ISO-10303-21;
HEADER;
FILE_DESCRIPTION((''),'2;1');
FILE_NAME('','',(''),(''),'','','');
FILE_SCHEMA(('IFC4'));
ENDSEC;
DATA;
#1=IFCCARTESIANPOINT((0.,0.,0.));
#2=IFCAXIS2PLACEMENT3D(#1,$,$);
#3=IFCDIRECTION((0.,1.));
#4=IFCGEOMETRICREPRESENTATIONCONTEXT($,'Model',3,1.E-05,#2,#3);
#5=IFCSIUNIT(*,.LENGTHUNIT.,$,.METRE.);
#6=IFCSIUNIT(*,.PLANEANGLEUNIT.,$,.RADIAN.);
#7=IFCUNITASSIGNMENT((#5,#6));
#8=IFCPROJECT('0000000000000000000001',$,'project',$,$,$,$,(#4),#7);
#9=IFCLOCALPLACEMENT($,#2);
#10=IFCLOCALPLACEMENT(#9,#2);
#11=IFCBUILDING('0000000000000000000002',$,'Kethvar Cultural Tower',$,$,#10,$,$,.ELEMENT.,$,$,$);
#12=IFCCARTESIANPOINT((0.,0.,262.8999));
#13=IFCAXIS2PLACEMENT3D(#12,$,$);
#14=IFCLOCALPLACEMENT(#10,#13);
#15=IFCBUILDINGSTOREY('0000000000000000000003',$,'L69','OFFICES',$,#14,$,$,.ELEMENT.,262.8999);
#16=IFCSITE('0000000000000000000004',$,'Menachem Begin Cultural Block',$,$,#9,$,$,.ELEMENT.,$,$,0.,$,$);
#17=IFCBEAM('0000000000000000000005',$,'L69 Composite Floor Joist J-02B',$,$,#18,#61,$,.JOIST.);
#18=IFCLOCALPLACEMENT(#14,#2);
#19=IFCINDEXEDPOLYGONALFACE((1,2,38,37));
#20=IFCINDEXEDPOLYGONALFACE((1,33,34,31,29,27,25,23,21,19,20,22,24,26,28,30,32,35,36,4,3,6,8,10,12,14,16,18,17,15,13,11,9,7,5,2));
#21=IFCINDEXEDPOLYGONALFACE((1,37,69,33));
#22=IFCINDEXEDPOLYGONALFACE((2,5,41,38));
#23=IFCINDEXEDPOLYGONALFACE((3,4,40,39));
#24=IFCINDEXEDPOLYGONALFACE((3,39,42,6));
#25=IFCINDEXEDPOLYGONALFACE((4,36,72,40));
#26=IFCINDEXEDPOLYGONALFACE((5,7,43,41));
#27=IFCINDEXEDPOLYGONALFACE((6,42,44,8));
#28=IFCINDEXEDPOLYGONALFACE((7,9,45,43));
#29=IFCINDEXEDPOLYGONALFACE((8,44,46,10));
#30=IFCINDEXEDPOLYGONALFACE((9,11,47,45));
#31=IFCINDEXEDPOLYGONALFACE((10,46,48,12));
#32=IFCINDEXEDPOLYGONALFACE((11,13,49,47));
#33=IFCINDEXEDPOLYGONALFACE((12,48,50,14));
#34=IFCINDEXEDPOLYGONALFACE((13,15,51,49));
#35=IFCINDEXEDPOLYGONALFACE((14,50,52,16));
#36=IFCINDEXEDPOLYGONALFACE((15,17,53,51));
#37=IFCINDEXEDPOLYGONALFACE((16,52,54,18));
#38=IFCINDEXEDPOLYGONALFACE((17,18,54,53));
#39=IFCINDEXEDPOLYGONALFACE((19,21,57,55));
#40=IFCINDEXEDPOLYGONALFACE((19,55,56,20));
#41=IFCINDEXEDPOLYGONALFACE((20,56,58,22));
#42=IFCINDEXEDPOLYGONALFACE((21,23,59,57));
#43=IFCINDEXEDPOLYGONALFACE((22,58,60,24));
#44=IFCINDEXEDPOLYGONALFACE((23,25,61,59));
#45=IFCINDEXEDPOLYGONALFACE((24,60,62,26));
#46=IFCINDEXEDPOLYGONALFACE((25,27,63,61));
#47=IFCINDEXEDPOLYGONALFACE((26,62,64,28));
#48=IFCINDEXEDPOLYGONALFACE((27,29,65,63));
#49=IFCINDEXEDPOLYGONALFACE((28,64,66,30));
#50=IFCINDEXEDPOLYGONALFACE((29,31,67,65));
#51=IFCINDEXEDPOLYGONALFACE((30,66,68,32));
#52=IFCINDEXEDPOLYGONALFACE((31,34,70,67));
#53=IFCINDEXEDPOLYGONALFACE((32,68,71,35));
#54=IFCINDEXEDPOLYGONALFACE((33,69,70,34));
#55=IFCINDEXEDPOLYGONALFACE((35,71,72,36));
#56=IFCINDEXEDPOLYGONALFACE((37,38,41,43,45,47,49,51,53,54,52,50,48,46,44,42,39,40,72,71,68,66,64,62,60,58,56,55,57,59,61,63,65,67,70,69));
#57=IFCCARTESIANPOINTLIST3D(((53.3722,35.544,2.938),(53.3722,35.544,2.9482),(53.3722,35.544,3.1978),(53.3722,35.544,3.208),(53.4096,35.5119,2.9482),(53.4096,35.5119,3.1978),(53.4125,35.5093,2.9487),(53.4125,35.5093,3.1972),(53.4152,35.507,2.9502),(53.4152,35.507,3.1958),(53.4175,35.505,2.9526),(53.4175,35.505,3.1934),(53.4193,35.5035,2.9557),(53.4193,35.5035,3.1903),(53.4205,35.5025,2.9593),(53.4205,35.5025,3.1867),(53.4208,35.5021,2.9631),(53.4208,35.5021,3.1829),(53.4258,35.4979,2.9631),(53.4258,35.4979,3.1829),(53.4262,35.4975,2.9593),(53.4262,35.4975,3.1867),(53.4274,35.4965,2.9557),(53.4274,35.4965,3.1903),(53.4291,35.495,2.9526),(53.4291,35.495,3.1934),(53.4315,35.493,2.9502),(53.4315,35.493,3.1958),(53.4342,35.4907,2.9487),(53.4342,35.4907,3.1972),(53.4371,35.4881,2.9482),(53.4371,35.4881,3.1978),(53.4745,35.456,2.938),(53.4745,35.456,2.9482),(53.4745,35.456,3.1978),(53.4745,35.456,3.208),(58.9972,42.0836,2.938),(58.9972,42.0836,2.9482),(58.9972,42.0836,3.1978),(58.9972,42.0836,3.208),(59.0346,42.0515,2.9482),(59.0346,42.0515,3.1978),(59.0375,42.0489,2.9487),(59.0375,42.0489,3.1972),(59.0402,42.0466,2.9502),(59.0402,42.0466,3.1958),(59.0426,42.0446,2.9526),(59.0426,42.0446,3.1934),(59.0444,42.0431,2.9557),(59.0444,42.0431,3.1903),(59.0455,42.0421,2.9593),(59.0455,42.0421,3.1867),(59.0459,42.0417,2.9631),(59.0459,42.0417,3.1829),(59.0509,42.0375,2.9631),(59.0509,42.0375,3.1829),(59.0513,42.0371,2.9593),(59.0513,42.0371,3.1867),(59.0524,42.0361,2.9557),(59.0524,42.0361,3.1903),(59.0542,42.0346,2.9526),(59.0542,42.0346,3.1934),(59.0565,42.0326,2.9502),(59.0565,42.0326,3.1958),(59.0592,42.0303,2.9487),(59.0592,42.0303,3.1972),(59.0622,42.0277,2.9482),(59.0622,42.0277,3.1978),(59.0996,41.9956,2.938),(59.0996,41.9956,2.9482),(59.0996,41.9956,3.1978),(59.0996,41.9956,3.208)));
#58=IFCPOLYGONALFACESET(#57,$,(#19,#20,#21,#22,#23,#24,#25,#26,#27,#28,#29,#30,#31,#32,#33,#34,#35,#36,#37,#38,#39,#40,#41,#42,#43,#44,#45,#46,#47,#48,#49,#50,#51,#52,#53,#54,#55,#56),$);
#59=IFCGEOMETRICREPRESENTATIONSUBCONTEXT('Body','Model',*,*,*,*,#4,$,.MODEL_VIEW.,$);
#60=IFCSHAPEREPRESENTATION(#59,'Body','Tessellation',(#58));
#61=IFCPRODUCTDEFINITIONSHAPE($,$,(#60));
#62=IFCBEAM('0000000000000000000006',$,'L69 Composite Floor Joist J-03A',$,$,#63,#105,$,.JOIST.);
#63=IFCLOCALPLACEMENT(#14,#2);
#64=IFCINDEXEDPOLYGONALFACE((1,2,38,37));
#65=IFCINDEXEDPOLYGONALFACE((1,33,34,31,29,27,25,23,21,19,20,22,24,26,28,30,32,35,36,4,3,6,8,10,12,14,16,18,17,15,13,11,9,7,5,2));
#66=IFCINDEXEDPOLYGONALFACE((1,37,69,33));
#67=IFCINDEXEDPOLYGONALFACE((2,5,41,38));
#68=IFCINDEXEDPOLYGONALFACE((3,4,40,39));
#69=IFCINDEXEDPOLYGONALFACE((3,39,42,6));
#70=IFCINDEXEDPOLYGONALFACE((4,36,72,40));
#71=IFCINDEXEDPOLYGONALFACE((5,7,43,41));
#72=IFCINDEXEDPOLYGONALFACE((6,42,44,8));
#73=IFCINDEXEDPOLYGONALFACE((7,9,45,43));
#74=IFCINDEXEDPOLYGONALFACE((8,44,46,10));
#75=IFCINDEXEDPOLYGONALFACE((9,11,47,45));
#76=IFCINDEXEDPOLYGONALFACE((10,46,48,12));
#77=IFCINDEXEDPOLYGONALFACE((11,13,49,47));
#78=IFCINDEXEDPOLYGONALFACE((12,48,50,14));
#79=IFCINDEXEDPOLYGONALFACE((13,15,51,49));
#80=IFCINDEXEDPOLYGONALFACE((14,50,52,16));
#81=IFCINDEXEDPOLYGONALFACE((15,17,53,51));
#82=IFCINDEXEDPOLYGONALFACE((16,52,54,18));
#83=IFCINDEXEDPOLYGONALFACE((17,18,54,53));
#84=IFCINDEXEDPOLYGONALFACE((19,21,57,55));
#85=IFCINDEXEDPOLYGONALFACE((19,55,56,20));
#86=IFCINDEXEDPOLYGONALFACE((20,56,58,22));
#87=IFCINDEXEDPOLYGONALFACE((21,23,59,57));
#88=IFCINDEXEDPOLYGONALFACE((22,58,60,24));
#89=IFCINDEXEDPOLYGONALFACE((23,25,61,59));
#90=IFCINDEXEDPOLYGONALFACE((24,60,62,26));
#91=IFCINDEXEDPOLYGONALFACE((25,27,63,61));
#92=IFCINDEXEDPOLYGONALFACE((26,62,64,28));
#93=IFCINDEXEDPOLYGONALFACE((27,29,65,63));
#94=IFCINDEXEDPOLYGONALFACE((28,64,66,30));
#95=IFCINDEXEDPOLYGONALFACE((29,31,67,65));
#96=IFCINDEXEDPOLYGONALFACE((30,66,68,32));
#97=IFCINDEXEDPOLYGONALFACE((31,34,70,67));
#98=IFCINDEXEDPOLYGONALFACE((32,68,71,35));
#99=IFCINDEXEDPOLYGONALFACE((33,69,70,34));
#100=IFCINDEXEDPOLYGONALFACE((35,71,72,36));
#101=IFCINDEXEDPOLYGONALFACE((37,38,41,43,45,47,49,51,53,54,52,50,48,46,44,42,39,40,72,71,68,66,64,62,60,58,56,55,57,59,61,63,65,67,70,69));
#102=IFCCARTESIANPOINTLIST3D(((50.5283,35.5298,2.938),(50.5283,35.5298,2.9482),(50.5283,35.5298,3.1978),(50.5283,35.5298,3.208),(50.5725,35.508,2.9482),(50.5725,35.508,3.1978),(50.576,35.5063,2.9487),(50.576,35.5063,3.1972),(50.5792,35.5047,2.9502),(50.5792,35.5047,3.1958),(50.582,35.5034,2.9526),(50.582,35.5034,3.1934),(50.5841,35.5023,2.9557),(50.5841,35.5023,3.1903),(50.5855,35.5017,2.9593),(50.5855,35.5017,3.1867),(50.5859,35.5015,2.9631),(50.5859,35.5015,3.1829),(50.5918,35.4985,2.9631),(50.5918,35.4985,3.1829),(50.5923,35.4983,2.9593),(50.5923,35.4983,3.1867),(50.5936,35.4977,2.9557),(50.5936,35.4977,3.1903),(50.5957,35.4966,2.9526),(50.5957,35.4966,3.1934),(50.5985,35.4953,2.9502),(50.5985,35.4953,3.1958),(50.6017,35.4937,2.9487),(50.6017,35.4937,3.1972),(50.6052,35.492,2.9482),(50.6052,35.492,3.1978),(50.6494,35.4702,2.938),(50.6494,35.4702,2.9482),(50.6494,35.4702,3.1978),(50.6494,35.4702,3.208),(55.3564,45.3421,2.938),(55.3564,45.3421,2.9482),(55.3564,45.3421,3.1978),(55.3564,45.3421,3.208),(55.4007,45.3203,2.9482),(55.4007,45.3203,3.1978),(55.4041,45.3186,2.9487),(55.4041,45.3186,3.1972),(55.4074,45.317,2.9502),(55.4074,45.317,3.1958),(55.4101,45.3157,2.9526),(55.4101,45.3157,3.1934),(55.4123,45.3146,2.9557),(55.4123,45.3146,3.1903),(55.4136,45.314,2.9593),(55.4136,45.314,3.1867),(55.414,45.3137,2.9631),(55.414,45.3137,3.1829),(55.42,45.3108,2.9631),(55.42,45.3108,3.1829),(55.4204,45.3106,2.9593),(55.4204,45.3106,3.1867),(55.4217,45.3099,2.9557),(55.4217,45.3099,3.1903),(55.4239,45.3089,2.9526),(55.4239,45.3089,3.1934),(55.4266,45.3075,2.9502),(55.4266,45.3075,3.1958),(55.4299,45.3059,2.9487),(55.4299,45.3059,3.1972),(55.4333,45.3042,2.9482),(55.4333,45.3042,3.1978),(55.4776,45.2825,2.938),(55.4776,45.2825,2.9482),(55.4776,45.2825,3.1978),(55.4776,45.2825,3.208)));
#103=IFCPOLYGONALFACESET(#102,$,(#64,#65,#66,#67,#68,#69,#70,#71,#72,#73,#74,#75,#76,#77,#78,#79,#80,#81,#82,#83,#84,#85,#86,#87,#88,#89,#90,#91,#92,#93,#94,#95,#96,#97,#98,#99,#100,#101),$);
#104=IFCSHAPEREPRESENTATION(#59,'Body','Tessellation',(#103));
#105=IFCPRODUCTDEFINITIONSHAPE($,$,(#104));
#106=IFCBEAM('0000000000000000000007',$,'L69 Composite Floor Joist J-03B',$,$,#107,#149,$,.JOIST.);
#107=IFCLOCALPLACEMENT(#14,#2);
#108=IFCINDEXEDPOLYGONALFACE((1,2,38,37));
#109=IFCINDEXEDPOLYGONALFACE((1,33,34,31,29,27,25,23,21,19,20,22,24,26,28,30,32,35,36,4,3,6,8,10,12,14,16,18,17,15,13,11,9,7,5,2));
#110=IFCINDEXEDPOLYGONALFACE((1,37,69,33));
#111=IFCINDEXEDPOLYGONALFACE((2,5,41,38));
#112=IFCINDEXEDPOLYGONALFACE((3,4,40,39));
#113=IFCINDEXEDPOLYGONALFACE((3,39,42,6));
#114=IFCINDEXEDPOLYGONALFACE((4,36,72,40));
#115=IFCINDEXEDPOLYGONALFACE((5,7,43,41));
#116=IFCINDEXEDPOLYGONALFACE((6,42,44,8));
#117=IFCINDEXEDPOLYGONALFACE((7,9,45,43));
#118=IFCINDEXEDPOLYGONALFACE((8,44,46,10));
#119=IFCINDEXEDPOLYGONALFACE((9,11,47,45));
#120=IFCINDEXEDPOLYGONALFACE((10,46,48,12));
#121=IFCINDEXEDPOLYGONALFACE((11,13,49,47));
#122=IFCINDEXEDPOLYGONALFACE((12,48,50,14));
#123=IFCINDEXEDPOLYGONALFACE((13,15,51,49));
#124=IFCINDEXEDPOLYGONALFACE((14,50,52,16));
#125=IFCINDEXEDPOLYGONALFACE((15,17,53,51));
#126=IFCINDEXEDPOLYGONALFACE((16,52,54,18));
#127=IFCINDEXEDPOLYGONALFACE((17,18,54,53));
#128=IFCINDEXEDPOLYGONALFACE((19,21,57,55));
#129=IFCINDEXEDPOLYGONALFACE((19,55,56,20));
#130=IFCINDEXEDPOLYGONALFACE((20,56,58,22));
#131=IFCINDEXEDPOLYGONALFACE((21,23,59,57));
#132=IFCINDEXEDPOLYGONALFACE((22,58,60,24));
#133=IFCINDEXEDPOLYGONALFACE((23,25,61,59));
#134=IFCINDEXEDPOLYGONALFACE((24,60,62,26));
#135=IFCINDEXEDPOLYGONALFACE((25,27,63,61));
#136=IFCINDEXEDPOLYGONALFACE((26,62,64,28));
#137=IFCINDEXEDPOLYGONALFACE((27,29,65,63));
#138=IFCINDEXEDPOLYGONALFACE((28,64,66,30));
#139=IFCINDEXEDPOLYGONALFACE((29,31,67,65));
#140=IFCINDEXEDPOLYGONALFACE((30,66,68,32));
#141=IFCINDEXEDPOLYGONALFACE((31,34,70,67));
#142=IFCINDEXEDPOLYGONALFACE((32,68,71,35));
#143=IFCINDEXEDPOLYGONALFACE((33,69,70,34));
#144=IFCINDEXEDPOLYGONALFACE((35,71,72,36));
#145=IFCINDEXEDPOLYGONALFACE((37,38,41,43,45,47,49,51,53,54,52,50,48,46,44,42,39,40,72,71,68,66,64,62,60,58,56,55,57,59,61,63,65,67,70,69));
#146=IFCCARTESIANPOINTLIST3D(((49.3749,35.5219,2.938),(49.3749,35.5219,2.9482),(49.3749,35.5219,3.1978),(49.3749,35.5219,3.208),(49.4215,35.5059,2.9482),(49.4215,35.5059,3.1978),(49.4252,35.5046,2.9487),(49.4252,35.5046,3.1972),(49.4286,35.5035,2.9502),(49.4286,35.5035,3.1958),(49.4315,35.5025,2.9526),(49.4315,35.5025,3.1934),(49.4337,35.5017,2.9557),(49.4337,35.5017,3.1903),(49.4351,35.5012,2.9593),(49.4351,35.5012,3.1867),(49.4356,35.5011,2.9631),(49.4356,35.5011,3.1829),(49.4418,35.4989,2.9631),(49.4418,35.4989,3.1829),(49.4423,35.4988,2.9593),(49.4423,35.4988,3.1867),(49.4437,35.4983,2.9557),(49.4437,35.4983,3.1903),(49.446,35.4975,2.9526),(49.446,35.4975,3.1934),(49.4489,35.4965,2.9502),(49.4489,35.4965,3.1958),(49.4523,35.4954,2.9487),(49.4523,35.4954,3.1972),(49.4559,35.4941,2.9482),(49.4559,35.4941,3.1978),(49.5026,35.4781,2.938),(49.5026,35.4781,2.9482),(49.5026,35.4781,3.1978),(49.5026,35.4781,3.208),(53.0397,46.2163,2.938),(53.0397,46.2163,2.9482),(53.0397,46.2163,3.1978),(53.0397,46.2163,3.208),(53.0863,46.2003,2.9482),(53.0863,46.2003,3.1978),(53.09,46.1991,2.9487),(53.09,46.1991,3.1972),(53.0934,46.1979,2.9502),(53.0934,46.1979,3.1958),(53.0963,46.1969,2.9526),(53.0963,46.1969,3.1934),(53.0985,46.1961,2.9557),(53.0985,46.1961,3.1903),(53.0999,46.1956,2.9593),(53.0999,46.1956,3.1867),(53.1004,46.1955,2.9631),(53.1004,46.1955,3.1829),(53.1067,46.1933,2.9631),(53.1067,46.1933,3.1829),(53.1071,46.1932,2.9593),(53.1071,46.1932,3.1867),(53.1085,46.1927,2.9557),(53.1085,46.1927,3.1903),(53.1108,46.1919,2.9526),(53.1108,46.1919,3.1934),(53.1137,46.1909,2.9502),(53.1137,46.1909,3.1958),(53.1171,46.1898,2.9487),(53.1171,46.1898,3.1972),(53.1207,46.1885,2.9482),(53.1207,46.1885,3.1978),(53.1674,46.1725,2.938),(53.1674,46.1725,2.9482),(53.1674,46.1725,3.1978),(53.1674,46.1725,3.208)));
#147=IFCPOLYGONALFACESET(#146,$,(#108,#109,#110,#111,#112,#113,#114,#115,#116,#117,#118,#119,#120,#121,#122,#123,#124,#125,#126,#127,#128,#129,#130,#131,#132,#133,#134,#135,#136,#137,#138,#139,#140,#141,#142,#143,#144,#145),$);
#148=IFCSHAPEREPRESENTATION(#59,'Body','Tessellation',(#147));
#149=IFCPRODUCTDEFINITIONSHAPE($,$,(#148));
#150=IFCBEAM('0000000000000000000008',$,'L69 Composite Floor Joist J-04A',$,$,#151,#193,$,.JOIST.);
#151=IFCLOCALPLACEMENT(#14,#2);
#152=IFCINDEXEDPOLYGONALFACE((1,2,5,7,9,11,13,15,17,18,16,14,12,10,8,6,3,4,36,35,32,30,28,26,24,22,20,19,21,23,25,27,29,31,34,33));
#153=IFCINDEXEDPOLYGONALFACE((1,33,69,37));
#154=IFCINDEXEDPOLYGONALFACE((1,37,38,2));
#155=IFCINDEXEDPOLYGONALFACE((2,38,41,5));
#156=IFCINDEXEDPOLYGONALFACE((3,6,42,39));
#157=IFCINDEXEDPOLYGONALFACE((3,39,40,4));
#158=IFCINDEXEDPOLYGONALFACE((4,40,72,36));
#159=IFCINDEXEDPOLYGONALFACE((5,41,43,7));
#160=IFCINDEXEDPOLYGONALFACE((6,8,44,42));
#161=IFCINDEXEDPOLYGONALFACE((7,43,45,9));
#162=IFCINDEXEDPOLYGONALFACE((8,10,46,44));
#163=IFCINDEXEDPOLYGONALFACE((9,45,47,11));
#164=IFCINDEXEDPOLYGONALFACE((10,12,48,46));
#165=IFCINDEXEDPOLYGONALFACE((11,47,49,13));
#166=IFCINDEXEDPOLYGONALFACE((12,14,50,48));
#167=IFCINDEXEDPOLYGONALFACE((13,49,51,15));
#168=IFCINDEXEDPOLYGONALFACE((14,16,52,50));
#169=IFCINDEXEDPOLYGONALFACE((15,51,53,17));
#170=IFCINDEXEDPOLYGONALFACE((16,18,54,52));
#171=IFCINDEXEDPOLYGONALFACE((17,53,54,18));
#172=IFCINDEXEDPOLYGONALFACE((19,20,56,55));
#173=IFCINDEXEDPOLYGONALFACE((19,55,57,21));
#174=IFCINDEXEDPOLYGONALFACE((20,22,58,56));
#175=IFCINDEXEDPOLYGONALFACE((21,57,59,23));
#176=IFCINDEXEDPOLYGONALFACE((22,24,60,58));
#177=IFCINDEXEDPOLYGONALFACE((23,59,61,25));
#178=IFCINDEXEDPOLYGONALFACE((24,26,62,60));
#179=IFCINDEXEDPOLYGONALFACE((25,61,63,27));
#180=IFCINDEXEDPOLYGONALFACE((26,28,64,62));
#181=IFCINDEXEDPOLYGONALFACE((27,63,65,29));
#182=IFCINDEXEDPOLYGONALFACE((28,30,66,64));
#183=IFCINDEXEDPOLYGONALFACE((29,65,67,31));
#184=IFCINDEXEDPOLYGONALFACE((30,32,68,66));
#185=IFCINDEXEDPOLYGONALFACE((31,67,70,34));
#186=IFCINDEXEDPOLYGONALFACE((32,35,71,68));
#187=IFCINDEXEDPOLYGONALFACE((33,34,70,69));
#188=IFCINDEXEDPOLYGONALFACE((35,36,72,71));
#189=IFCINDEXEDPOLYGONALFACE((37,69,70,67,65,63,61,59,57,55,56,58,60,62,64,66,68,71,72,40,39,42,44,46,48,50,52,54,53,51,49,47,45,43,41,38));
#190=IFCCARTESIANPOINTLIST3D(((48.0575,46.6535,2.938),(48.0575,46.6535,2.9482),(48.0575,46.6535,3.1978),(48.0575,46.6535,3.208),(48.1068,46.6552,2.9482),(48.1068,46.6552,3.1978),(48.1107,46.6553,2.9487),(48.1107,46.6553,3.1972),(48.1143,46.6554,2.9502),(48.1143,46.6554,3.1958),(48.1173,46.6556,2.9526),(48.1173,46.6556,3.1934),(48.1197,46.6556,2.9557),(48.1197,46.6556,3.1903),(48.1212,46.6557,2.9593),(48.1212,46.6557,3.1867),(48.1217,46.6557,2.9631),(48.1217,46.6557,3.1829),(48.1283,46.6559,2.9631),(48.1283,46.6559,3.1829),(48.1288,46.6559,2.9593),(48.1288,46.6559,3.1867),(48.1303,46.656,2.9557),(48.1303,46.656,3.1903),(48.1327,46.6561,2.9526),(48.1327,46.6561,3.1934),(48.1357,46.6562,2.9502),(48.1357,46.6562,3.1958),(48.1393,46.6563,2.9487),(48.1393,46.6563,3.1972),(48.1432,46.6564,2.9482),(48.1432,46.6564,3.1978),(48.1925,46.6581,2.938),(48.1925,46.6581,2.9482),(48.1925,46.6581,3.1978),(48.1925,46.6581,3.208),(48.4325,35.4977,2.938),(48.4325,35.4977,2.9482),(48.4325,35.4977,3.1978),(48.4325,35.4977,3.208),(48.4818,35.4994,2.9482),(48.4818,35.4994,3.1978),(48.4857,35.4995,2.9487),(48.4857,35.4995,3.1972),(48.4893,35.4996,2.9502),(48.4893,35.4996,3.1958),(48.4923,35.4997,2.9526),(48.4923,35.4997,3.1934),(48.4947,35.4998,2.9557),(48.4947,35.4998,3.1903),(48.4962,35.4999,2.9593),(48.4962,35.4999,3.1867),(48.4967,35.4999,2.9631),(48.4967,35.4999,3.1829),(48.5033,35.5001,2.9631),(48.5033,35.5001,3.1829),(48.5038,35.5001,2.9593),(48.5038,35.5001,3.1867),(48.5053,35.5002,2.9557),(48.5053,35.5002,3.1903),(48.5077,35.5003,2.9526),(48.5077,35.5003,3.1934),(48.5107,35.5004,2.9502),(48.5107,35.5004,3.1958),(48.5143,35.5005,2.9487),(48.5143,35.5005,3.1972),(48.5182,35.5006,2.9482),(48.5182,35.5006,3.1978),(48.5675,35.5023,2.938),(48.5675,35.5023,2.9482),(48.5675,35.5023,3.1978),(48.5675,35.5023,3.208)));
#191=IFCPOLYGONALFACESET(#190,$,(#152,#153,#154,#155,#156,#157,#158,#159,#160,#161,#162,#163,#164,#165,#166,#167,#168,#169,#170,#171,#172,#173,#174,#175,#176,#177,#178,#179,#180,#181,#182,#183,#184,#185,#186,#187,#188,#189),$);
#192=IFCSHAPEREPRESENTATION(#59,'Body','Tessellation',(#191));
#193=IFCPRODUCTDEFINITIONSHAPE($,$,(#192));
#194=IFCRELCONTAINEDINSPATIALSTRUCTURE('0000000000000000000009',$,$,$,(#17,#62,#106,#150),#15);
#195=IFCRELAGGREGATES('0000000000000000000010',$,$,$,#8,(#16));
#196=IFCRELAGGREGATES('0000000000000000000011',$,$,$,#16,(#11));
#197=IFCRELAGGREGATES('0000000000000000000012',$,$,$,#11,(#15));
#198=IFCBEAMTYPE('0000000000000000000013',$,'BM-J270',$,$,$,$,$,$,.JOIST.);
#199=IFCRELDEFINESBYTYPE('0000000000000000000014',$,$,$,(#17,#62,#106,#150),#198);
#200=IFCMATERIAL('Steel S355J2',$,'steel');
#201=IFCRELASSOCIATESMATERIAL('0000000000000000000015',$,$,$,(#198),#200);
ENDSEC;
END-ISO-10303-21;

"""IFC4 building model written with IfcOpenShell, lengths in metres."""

from ifc_helpers import new_model, si_unit, direction, frame, origin, origin_2d, place, context, subcontext, project, spatial, i_section, extrude, source, transform, mapped, material, material_profile, profile_set, type_object, element, save


model = new_model("IFC4")

# Units and contexts
model_context = context("Model", 3, precision=1e-05, world=origin(), true_north=direction((0.0, 1.0)))
body_context = subcontext(model_context, "Body", "Model", "MODEL_VIEW")
ifc_project = project(units=[si_unit("LENGTHUNIT", "METRE"), si_unit("PLANEANGLEUNIT", "RADIAN")], contexts=[model_context])

# Site, building, storey
site_placement = place(None, origin())
site = spatial("IfcSite", under=ifc_project, at=site_placement, Name="Menachem Begin Cultural Block", CompositionType="ELEMENT", RefElevation=0.0)
building_placement = place(site_placement, origin())
building = spatial("IfcBuilding", under=site, at=building_placement, Name="Kethvar Cultural Tower", CompositionType="ELEMENT")
storey_placement = place(building_placement, frame((0.0, 0.0, 262.8999)))
storey = spatial("IfcBuildingStorey", under=building, at=storey_placement, Name="L69", Description="OFFICES", CompositionType="ELEMENT", Elevation=262.8999)

# Beams
ifc_material_1 = material(Name="Steel S355J2", Category="steel")
ifc_material_profile_1 = material_profile(ifc_material_1, i_section(OverallWidth=0.135, OverallDepth=0.27, WebThickness=0.0066, FlangeThickness=0.0103, FilletRadius=0.0149, at=origin_2d()), Name="Steel S355J2 — IPE270")
ifc_profile_set_1 = profile_set([ifc_material_profile_1], Name="Steel S355J2 — IPE270")
beam_type_1 = type_object("IfcBeamType", Name="BM-J270", PredefinedType="JOIST", material=ifc_profile_set_1)
shared_shape_1 = source(origin(), body_context, "Body", "SweptSolid", [
    extrude(i_section(OverallWidth=0.135, OverallDepth=0.27, WebThickness=0.0066, FlangeThickness=0.0103, FilletRadius=0.0149, at=origin_2d()), origin(), (0.0, 0.0, 1.0), 8.626),
])
beam_1_placement = place(storey_placement, frame((53.4233, 35.5, 3.073), z_axis=(0.652105, 0.758129, 0.0), x_axis=(-0.758129, 0.652105, 0.0)))
element("IfcBeam", 1, at=beam_1_placement, inside=storey, type_object=beam_type_1, Name="L69 Composite Floor Joist J-02B", PredefinedType="JOIST", context=body_context, shape_type="MappedRepresentation", body=[
    mapped(shared_shape_1, transform((0.0, 0.0, 0.0), scale=1.0)),
])
shared_shape_2 = source(origin(), body_context, "Body", "SweptSolid", [
    extrude(i_section(OverallWidth=0.135, OverallDepth=0.27, WebThickness=0.0066, FlangeThickness=0.0103, FilletRadius=0.0149, at=origin_2d()), origin(), (0.0, 0.0, 1.0), 10.9358),
])
beam_2_placement = place(storey_placement, frame((50.5889, 35.5, 3.073), z_axis=(0.441498, 0.897262, 0.0), x_axis=(-0.897262, 0.441498, 0.0)))
element("IfcBeam", 2, at=beam_2_placement, inside=storey, type_object=beam_type_1, Name="L69 Composite Floor Joist J-03A", PredefinedType="JOIST", context=body_context, shape_type="MappedRepresentation", body=[
    mapped(shared_shape_2, transform((0.0, 0.0, 0.0), scale=1.0)),
])
shared_shape_3 = source(origin(), body_context, "Body", "SweptSolid", [
    extrude(i_section(OverallWidth=0.135, OverallDepth=0.27, WebThickness=0.0066, FlangeThickness=0.0103, FilletRadius=0.0149, at=origin_2d()), origin(), (0.0, 0.0, 1.0), 11.3049),
])
beam_3_placement = place(storey_placement, frame((49.4387, 35.5, 3.073), z_axis=(0.324179, 0.945996, 0.0), x_axis=(-0.945996, 0.324179, 0.0)))
element("IfcBeam", 3, at=beam_3_placement, inside=storey, type_object=beam_type_1, Name="L69 Composite Floor Joist J-03B", PredefinedType="JOIST", context=body_context, shape_type="MappedRepresentation", body=[
    mapped(shared_shape_3, transform((0.0, 0.0, 0.0), scale=1.0)),
])
shared_shape_4 = source(origin(), body_context, "Body", "SweptSolid", [
    extrude(i_section(OverallWidth=0.135, OverallDepth=0.27, WebThickness=0.0066, FlangeThickness=0.0103, FilletRadius=0.0149, at=origin_2d()), origin(), (0.0, 0.0, 1.0), 11.1621),
])
beam_4_placement = place(storey_placement, frame((48.5, 35.5, 3.073), z_axis=(-0.033596, 0.999435, 0.0), x_axis=(-0.999435, -0.033596, 0.0)))
element("IfcBeam", 4, at=beam_4_placement, inside=storey, type_object=beam_type_1, Name="L69 Composite Floor Joist J-04A", PredefinedType="JOIST", context=body_context, shape_type="MappedRepresentation", body=[
    mapped(shared_shape_4, transform((0.0, 0.0, 0.0), scale=1.0)),
])

save(model, "model.ifc")
